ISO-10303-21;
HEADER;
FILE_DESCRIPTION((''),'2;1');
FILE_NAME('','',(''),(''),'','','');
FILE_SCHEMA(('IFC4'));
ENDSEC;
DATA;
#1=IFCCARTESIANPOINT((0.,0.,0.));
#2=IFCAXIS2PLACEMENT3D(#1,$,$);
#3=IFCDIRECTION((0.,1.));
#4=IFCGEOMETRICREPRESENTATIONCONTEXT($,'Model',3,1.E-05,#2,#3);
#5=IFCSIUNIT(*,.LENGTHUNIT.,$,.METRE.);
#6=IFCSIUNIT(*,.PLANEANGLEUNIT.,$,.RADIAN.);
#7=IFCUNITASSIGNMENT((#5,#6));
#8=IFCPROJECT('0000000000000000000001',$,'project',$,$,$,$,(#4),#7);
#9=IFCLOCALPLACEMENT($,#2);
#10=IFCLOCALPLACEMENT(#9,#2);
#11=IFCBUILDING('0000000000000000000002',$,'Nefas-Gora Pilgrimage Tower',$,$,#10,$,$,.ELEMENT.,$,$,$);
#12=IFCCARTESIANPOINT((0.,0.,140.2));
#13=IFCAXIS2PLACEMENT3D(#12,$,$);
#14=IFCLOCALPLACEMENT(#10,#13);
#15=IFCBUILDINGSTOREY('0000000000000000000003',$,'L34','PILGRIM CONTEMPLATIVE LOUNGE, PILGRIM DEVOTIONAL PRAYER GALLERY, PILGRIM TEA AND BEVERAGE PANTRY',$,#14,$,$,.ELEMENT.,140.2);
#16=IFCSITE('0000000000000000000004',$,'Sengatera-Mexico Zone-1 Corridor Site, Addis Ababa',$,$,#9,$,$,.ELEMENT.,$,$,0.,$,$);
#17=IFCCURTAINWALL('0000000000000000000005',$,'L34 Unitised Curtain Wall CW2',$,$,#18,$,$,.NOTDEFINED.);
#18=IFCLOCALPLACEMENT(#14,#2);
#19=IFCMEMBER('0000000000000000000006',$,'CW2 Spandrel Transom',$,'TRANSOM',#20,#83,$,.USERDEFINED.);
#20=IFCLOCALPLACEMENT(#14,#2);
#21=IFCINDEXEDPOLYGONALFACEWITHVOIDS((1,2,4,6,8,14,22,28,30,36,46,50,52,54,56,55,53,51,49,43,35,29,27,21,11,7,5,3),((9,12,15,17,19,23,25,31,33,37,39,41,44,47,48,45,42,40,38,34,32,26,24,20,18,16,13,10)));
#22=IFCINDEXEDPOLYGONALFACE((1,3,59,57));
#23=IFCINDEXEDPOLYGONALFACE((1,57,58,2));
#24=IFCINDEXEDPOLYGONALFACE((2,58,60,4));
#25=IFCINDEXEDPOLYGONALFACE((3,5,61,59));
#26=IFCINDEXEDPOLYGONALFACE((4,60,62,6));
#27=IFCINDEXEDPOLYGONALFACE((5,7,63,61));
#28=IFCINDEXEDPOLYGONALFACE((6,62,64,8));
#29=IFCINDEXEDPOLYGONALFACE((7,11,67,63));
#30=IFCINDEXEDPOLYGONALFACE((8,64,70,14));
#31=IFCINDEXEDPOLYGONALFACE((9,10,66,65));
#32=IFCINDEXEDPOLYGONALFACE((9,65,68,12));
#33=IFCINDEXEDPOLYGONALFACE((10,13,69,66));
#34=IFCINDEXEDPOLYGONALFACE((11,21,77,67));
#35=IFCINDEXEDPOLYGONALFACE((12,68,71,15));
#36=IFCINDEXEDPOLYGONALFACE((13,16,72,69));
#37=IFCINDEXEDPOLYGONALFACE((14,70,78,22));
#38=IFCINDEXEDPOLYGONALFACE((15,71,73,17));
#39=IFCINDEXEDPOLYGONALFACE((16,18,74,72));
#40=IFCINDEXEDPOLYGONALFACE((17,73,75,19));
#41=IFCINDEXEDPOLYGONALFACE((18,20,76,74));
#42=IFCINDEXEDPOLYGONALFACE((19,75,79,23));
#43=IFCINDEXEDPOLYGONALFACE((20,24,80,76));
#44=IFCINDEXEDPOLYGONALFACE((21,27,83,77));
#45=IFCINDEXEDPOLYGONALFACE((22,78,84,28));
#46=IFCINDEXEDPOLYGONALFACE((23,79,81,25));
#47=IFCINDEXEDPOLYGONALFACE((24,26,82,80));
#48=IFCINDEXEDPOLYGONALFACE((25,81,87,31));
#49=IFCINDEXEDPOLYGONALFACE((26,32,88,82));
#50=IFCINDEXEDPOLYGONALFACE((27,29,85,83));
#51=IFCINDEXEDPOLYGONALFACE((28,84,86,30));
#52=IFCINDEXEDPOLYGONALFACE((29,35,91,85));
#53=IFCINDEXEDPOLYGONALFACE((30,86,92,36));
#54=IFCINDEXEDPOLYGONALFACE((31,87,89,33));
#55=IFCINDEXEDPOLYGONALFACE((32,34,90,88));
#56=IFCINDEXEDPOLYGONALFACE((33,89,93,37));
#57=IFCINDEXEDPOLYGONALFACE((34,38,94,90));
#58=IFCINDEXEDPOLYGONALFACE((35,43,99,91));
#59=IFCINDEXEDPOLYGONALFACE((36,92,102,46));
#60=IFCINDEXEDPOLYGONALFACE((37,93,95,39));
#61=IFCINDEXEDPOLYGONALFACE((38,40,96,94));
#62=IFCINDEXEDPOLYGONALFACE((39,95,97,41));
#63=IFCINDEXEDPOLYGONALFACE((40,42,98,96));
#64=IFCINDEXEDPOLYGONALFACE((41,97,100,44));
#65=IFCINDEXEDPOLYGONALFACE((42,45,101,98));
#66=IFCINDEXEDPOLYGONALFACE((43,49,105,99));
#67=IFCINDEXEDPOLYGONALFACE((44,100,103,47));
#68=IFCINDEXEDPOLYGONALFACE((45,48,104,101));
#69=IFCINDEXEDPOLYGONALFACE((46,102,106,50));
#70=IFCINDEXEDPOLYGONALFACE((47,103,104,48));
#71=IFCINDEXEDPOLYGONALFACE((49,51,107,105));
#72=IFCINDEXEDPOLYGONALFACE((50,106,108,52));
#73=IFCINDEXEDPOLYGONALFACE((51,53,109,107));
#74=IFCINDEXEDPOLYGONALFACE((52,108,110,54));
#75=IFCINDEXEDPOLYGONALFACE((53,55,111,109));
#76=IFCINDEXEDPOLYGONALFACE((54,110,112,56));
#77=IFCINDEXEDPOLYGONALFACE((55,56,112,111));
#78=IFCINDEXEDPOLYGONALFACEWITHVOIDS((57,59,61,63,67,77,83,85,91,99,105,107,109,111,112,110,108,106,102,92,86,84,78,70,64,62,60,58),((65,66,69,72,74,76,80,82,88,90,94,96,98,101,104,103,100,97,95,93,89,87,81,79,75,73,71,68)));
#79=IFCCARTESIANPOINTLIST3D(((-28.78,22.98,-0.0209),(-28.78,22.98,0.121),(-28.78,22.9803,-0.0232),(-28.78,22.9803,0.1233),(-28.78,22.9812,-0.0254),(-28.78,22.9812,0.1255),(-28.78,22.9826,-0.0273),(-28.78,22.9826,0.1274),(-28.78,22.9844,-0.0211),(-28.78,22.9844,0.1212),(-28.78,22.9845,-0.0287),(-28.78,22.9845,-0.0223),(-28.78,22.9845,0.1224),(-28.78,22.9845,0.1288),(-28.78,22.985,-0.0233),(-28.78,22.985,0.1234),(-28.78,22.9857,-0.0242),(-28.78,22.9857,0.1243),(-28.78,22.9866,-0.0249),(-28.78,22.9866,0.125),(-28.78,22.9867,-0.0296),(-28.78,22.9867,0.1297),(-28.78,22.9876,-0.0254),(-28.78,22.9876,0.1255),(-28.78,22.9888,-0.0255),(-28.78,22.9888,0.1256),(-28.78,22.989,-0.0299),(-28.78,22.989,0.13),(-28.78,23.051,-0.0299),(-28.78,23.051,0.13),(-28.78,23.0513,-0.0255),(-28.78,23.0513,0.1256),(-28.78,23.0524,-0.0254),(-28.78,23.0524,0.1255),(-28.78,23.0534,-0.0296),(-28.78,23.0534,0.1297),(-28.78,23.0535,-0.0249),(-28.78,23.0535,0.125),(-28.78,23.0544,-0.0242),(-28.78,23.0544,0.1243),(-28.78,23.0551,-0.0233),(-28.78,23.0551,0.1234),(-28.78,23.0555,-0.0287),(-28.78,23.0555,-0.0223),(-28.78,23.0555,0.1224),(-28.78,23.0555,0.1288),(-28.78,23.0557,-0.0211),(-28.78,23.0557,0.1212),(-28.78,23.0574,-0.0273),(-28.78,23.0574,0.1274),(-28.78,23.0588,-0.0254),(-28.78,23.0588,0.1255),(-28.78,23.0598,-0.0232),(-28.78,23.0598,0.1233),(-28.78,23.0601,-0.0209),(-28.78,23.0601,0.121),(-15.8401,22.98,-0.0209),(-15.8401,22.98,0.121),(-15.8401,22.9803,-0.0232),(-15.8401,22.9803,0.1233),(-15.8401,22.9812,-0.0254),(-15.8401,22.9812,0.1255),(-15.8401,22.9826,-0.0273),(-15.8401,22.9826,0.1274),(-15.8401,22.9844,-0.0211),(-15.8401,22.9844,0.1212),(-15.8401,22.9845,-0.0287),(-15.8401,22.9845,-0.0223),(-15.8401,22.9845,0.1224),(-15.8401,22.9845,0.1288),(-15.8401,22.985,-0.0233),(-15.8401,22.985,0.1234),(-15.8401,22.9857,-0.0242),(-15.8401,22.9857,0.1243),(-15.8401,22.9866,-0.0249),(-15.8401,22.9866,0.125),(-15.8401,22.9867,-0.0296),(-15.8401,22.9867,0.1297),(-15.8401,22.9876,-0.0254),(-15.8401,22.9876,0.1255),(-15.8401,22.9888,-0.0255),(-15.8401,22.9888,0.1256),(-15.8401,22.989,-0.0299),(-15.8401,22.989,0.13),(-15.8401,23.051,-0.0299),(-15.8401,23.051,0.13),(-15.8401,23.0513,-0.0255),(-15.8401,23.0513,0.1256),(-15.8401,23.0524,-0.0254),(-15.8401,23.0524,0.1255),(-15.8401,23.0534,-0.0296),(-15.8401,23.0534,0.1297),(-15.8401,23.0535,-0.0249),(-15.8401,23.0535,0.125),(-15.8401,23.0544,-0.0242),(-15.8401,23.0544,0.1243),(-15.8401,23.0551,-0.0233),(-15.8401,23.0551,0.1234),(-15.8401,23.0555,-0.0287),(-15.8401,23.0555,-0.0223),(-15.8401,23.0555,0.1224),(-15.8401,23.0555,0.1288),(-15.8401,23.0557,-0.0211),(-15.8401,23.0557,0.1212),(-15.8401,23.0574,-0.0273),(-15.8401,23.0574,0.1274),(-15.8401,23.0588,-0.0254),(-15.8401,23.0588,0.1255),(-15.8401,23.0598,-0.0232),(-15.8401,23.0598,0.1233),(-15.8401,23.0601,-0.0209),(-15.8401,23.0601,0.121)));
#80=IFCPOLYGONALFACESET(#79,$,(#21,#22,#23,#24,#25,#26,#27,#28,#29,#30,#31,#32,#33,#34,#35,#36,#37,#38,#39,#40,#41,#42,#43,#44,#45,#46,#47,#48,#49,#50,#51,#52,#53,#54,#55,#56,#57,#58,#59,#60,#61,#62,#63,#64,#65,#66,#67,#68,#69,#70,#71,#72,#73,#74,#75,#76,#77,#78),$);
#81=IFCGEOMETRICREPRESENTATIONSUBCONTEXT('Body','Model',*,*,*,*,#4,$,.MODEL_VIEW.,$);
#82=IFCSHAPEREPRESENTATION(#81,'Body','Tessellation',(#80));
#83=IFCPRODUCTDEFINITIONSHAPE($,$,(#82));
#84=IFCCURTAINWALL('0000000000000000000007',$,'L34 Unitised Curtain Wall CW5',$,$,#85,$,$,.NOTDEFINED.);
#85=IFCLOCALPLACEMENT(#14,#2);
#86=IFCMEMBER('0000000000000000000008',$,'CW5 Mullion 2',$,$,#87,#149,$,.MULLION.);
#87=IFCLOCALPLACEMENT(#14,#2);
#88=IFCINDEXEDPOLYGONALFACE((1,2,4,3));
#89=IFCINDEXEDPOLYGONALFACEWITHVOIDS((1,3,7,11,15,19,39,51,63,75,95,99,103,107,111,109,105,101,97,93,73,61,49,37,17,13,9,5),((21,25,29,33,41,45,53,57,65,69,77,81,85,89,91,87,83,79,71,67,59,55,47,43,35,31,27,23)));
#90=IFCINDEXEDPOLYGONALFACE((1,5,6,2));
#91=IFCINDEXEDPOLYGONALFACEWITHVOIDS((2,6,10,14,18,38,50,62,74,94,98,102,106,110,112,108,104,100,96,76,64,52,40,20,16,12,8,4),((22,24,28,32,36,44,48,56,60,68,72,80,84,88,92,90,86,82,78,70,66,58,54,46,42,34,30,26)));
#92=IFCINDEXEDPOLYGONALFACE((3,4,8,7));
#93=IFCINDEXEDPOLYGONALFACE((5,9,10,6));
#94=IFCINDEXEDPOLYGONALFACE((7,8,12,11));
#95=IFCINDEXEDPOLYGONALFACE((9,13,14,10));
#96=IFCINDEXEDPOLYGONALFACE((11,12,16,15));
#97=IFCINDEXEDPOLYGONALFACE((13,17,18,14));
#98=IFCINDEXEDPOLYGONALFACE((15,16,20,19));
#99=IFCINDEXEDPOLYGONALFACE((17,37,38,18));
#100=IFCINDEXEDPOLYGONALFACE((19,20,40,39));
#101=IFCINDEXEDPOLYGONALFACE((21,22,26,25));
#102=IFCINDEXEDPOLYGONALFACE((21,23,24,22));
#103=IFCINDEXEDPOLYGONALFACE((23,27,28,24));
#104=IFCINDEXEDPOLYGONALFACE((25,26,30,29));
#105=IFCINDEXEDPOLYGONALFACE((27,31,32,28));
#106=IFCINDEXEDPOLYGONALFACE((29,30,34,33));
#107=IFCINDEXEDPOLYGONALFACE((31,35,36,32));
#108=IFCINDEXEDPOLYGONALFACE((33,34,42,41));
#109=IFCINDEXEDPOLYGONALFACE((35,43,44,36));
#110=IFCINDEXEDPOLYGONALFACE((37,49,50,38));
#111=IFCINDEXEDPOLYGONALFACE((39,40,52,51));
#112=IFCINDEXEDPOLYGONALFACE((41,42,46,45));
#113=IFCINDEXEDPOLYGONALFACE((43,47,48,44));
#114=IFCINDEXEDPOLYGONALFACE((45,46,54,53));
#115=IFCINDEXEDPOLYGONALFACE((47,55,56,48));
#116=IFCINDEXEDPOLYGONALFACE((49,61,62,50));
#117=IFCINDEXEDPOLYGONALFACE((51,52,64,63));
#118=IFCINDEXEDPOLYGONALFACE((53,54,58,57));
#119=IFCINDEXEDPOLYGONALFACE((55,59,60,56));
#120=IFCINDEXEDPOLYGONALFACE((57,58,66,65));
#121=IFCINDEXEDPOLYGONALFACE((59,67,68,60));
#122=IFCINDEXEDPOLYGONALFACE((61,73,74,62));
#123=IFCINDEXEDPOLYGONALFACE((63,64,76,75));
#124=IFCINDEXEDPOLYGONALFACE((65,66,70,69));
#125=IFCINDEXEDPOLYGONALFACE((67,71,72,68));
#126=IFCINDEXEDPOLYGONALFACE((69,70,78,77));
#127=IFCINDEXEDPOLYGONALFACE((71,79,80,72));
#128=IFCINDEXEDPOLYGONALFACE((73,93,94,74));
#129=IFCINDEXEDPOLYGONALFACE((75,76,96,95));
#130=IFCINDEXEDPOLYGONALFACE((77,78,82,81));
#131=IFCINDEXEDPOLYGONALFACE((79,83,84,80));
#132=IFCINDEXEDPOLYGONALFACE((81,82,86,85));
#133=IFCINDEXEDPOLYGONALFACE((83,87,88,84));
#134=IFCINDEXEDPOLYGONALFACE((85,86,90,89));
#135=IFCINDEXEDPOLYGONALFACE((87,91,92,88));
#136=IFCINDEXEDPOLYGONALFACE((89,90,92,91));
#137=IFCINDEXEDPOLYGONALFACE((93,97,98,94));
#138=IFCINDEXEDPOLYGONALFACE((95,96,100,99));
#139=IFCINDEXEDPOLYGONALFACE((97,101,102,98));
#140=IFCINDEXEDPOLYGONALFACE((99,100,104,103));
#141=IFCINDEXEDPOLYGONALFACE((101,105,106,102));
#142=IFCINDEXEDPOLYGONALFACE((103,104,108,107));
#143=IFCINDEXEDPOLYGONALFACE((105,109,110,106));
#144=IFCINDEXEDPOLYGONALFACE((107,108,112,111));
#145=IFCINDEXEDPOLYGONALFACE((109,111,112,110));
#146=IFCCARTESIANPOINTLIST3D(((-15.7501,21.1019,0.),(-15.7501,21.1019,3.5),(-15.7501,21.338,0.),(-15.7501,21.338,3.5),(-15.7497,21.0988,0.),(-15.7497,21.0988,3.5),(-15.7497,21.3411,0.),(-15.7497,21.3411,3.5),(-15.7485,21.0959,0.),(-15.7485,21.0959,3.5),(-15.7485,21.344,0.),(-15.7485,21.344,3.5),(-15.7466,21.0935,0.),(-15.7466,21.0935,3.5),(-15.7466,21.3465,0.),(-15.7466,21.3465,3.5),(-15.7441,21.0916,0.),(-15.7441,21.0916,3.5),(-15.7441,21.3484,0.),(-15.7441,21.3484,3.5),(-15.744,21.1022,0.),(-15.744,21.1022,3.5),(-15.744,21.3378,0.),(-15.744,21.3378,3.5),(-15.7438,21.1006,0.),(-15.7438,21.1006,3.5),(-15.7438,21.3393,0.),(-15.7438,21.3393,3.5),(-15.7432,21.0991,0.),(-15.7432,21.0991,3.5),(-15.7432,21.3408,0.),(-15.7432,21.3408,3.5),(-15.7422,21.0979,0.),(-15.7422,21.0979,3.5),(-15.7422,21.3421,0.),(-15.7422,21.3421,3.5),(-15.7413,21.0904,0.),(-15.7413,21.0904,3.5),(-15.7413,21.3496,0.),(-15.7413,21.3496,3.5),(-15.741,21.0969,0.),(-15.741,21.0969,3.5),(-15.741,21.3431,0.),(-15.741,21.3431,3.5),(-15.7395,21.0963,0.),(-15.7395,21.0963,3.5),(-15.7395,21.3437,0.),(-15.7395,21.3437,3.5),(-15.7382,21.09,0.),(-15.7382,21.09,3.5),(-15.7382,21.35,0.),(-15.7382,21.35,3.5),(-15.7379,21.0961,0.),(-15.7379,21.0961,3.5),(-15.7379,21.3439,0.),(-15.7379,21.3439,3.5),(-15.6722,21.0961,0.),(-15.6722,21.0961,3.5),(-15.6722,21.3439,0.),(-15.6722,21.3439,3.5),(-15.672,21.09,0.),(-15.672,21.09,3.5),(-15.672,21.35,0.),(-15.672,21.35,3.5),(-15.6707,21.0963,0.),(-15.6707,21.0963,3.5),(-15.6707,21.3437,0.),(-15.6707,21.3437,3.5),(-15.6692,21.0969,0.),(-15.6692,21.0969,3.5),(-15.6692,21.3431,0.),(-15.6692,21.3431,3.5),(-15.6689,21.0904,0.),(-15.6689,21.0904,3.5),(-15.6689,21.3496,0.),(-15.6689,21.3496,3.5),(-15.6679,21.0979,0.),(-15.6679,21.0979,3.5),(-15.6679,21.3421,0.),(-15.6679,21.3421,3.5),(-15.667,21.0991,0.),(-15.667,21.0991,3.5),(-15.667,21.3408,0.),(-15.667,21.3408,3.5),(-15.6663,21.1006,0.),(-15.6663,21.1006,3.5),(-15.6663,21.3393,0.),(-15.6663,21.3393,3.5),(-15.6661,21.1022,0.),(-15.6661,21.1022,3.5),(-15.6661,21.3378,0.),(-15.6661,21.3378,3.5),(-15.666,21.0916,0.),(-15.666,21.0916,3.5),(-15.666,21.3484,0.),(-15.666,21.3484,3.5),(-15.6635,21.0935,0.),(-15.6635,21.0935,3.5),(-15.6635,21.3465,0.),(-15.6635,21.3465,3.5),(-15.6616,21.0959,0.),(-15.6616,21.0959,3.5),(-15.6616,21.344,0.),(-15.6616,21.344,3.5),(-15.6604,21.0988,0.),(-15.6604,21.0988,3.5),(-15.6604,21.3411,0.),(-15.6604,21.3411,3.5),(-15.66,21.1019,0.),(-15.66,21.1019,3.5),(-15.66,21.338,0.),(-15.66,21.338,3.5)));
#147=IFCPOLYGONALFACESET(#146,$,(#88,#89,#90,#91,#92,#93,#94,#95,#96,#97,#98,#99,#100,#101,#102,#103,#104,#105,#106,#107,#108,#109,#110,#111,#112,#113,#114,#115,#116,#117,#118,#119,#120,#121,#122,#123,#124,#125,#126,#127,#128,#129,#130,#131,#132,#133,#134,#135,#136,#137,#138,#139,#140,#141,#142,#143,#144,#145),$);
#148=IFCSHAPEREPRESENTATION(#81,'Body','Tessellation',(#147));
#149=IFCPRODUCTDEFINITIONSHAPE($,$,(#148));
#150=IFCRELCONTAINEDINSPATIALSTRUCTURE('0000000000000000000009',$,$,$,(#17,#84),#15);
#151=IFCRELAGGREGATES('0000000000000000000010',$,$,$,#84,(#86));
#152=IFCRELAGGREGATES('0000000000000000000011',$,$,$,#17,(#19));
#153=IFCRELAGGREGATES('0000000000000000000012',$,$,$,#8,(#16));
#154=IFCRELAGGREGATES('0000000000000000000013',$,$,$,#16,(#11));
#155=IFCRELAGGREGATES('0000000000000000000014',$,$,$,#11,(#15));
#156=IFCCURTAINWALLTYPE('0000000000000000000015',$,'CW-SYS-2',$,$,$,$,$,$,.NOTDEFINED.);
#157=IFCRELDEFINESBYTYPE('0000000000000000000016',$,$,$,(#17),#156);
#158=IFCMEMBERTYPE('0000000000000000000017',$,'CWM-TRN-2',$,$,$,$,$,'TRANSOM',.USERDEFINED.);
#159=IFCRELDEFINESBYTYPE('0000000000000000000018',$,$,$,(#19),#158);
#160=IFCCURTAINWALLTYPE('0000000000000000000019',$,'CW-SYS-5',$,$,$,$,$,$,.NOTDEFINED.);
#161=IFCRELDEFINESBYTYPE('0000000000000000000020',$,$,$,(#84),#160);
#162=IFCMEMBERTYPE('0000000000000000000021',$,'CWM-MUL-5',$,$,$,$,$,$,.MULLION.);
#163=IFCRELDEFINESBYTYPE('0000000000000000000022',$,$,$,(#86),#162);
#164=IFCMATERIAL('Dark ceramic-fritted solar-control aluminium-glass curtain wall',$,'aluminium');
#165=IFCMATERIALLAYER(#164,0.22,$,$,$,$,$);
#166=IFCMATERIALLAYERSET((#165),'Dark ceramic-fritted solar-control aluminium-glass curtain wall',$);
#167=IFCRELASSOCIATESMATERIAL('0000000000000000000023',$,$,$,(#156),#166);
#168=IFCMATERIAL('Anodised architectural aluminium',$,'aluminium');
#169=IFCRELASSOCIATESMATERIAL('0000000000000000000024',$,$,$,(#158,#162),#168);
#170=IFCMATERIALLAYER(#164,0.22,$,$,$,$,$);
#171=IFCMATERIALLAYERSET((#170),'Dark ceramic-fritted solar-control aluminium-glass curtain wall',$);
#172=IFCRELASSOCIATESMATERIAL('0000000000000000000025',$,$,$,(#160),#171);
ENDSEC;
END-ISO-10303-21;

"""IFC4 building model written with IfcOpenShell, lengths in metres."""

from ifc_helpers import new_model, si_unit, direction, frame, origin, origin_2d, place, context, subcontext, project, spatial, hollow_rectangle, extrude, source, transform, mapped, material, layer, layer_set, material_profile, profile_set, type_object, element, aggregate, save


model = new_model("IFC4")

# Units and contexts
model_context = context("Model", 3, precision=1e-05, world=origin(), true_north=direction((0.0, 1.0)))
body_context = subcontext(model_context, "Body", "Model", "MODEL_VIEW")
ifc_project = project(units=[si_unit("LENGTHUNIT", "METRE"), si_unit("PLANEANGLEUNIT", "RADIAN")], contexts=[model_context])

# Site, building, storey
site_placement = place(None, origin())
site = spatial("IfcSite", under=ifc_project, at=site_placement, Name="Sengatera-Mexico Zone-1 Corridor Site, Addis Ababa", CompositionType="ELEMENT", RefElevation=0.0)
building_placement = place(site_placement, origin())
building = spatial("IfcBuilding", under=site, at=building_placement, Name="Nefas-Gora Pilgrimage Tower", CompositionType="ELEMENT")
storey_placement = place(building_placement, frame((0.0, 0.0, 140.2)))
storey = spatial("IfcBuildingStorey", under=building, at=storey_placement, Name="L34", Description="PILGRIM CONTEMPLATIVE LOUNGE, PILGRIM DEVOTIONAL PRAYER GALLERY, PILGRIM TEA AND BEVERAGE PANTRY", CompositionType="ELEMENT", Elevation=140.2)

# Curtain walls, members
ifc_material_1 = material(Name="Dark ceramic-fritted solar-control aluminium-glass curtain wall", Category="aluminium")
ifc_layer_1 = layer(ifc_material_1, 0.22)
ifc_layer_set_1 = layer_set([ifc_layer_1], Name="Dark ceramic-fritted solar-control aluminium-glass curtain wall")
curtain_wall_type_1 = type_object("IfcCurtainWallType", Name="CW-SYS-2", PredefinedType="NOTDEFINED", material=ifc_layer_set_1)
curtain_wall_1_placement = place(storey_placement, origin())
curtain_wall_1 = element("IfcCurtainWall", 1, at=curtain_wall_1_placement, inside=storey, type_object=curtain_wall_type_1, Name="L34 Unitised Curtain Wall CW2", PredefinedType="NOTDEFINED")
ifc_material_2 = material(Name="Anodised architectural aluminium", Category="aluminium")
ifc_material_profile_1 = material_profile(ifc_material_2, hollow_rectangle(XDim=0.0801, YDim=0.1599, WallThickness=0.0044, InnerFilletRadius=0.0044, OuterFilletRadius=0.009, at=origin_2d()), Name="ALU TRANSOM 80x160")
ifc_profile_set_1 = profile_set([ifc_material_profile_1], Name="Anodised architectural aluminium")
member_type_1 = type_object("IfcMemberType", Name="CWM-TRN-2", ElementType="TRANSOM", PredefinedType="USERDEFINED", material=ifc_profile_set_1)
shared_shape_1 = source(origin(), body_context, "Body", "SweptSolid", [
    extrude(hollow_rectangle(XDim=0.0801, YDim=0.1599, WallThickness=0.0044, InnerFilletRadius=0.0044, OuterFilletRadius=0.009, at=origin_2d()), origin(), (0.0, 0.0, 1.0), 12.9399),
])
member_1_placement = place(storey_placement, frame((-15.8401, 23.02, 0.05), z_axis=(-1.0, 0.0, 0.0), x_axis=(0.0, -1.0, 0.0)))
member_1 = element("IfcMember", 2, at=member_1_placement, type_object=member_type_1, Name="CW2 Spandrel Transom", ObjectType="TRANSOM", PredefinedType="USERDEFINED", context=body_context, shape_type="MappedRepresentation", body=[
    mapped(shared_shape_1, transform((0.0, 0.0, 0.0), x_axis=(1.0, 0.0, 0.0), y_axis=(0.0, 1.0, 0.0), z_axis=(0.0, 0.0, 1.0), scale=1.0)),
])
ifc_layer_2 = layer(ifc_material_1, 0.22)
ifc_layer_set_2 = layer_set([ifc_layer_2], Name="Dark ceramic-fritted solar-control aluminium-glass curtain wall")
curtain_wall_type_2 = type_object("IfcCurtainWallType", Name="CW-SYS-5", PredefinedType="NOTDEFINED", material=ifc_layer_set_2)
curtain_wall_2_placement = place(storey_placement, origin())
curtain_wall_2 = element("IfcCurtainWall", 3, at=curtain_wall_2_placement, inside=storey, type_object=curtain_wall_type_2, Name="L34 Unitised Curtain Wall CW5", PredefinedType="NOTDEFINED")
ifc_material_profile_2 = material_profile(ifc_material_2, hollow_rectangle(XDim=0.0901, YDim=0.26, WallThickness=0.0061, InnerFilletRadius=0.0061, OuterFilletRadius=0.012, at=origin_2d()), Name="ALU MULLION 90x260")
ifc_profile_set_2 = profile_set([ifc_material_profile_2], Name="Anodised architectural aluminium")
member_type_2 = type_object("IfcMemberType", Name="CWM-MUL-5", PredefinedType="MULLION", material=ifc_profile_set_2)
shared_shape_2 = source(origin(), body_context, "Body", "SweptSolid", [
    extrude(hollow_rectangle(XDim=0.0901, YDim=0.26, WallThickness=0.0061, InnerFilletRadius=0.0061, OuterFilletRadius=0.012, at=origin_2d()), origin(), (0.0, 0.0, 1.0), 3.5),
])
member_2_placement = place(storey_placement, frame((-15.7051, 21.22, 0.0), z_axis=(0.0, 0.0, 1.0), x_axis=(-1.0, 0.0, 0.0)))
member_2 = element("IfcMember", 4, at=member_2_placement, type_object=member_type_2, Name="CW5 Mullion 2", PredefinedType="MULLION", context=body_context, shape_type="MappedRepresentation", body=[
    mapped(shared_shape_2, transform((0.0, 0.0, 0.0), x_axis=(1.0, 0.0, 0.0), y_axis=(0.0, 1.0, 0.0), z_axis=(0.0, 0.0, 1.0), scale=1.0)),
])

aggregate(curtain_wall_2, [member_2])
aggregate(curtain_wall_1, [member_1])

save(model, "model.ifc")
